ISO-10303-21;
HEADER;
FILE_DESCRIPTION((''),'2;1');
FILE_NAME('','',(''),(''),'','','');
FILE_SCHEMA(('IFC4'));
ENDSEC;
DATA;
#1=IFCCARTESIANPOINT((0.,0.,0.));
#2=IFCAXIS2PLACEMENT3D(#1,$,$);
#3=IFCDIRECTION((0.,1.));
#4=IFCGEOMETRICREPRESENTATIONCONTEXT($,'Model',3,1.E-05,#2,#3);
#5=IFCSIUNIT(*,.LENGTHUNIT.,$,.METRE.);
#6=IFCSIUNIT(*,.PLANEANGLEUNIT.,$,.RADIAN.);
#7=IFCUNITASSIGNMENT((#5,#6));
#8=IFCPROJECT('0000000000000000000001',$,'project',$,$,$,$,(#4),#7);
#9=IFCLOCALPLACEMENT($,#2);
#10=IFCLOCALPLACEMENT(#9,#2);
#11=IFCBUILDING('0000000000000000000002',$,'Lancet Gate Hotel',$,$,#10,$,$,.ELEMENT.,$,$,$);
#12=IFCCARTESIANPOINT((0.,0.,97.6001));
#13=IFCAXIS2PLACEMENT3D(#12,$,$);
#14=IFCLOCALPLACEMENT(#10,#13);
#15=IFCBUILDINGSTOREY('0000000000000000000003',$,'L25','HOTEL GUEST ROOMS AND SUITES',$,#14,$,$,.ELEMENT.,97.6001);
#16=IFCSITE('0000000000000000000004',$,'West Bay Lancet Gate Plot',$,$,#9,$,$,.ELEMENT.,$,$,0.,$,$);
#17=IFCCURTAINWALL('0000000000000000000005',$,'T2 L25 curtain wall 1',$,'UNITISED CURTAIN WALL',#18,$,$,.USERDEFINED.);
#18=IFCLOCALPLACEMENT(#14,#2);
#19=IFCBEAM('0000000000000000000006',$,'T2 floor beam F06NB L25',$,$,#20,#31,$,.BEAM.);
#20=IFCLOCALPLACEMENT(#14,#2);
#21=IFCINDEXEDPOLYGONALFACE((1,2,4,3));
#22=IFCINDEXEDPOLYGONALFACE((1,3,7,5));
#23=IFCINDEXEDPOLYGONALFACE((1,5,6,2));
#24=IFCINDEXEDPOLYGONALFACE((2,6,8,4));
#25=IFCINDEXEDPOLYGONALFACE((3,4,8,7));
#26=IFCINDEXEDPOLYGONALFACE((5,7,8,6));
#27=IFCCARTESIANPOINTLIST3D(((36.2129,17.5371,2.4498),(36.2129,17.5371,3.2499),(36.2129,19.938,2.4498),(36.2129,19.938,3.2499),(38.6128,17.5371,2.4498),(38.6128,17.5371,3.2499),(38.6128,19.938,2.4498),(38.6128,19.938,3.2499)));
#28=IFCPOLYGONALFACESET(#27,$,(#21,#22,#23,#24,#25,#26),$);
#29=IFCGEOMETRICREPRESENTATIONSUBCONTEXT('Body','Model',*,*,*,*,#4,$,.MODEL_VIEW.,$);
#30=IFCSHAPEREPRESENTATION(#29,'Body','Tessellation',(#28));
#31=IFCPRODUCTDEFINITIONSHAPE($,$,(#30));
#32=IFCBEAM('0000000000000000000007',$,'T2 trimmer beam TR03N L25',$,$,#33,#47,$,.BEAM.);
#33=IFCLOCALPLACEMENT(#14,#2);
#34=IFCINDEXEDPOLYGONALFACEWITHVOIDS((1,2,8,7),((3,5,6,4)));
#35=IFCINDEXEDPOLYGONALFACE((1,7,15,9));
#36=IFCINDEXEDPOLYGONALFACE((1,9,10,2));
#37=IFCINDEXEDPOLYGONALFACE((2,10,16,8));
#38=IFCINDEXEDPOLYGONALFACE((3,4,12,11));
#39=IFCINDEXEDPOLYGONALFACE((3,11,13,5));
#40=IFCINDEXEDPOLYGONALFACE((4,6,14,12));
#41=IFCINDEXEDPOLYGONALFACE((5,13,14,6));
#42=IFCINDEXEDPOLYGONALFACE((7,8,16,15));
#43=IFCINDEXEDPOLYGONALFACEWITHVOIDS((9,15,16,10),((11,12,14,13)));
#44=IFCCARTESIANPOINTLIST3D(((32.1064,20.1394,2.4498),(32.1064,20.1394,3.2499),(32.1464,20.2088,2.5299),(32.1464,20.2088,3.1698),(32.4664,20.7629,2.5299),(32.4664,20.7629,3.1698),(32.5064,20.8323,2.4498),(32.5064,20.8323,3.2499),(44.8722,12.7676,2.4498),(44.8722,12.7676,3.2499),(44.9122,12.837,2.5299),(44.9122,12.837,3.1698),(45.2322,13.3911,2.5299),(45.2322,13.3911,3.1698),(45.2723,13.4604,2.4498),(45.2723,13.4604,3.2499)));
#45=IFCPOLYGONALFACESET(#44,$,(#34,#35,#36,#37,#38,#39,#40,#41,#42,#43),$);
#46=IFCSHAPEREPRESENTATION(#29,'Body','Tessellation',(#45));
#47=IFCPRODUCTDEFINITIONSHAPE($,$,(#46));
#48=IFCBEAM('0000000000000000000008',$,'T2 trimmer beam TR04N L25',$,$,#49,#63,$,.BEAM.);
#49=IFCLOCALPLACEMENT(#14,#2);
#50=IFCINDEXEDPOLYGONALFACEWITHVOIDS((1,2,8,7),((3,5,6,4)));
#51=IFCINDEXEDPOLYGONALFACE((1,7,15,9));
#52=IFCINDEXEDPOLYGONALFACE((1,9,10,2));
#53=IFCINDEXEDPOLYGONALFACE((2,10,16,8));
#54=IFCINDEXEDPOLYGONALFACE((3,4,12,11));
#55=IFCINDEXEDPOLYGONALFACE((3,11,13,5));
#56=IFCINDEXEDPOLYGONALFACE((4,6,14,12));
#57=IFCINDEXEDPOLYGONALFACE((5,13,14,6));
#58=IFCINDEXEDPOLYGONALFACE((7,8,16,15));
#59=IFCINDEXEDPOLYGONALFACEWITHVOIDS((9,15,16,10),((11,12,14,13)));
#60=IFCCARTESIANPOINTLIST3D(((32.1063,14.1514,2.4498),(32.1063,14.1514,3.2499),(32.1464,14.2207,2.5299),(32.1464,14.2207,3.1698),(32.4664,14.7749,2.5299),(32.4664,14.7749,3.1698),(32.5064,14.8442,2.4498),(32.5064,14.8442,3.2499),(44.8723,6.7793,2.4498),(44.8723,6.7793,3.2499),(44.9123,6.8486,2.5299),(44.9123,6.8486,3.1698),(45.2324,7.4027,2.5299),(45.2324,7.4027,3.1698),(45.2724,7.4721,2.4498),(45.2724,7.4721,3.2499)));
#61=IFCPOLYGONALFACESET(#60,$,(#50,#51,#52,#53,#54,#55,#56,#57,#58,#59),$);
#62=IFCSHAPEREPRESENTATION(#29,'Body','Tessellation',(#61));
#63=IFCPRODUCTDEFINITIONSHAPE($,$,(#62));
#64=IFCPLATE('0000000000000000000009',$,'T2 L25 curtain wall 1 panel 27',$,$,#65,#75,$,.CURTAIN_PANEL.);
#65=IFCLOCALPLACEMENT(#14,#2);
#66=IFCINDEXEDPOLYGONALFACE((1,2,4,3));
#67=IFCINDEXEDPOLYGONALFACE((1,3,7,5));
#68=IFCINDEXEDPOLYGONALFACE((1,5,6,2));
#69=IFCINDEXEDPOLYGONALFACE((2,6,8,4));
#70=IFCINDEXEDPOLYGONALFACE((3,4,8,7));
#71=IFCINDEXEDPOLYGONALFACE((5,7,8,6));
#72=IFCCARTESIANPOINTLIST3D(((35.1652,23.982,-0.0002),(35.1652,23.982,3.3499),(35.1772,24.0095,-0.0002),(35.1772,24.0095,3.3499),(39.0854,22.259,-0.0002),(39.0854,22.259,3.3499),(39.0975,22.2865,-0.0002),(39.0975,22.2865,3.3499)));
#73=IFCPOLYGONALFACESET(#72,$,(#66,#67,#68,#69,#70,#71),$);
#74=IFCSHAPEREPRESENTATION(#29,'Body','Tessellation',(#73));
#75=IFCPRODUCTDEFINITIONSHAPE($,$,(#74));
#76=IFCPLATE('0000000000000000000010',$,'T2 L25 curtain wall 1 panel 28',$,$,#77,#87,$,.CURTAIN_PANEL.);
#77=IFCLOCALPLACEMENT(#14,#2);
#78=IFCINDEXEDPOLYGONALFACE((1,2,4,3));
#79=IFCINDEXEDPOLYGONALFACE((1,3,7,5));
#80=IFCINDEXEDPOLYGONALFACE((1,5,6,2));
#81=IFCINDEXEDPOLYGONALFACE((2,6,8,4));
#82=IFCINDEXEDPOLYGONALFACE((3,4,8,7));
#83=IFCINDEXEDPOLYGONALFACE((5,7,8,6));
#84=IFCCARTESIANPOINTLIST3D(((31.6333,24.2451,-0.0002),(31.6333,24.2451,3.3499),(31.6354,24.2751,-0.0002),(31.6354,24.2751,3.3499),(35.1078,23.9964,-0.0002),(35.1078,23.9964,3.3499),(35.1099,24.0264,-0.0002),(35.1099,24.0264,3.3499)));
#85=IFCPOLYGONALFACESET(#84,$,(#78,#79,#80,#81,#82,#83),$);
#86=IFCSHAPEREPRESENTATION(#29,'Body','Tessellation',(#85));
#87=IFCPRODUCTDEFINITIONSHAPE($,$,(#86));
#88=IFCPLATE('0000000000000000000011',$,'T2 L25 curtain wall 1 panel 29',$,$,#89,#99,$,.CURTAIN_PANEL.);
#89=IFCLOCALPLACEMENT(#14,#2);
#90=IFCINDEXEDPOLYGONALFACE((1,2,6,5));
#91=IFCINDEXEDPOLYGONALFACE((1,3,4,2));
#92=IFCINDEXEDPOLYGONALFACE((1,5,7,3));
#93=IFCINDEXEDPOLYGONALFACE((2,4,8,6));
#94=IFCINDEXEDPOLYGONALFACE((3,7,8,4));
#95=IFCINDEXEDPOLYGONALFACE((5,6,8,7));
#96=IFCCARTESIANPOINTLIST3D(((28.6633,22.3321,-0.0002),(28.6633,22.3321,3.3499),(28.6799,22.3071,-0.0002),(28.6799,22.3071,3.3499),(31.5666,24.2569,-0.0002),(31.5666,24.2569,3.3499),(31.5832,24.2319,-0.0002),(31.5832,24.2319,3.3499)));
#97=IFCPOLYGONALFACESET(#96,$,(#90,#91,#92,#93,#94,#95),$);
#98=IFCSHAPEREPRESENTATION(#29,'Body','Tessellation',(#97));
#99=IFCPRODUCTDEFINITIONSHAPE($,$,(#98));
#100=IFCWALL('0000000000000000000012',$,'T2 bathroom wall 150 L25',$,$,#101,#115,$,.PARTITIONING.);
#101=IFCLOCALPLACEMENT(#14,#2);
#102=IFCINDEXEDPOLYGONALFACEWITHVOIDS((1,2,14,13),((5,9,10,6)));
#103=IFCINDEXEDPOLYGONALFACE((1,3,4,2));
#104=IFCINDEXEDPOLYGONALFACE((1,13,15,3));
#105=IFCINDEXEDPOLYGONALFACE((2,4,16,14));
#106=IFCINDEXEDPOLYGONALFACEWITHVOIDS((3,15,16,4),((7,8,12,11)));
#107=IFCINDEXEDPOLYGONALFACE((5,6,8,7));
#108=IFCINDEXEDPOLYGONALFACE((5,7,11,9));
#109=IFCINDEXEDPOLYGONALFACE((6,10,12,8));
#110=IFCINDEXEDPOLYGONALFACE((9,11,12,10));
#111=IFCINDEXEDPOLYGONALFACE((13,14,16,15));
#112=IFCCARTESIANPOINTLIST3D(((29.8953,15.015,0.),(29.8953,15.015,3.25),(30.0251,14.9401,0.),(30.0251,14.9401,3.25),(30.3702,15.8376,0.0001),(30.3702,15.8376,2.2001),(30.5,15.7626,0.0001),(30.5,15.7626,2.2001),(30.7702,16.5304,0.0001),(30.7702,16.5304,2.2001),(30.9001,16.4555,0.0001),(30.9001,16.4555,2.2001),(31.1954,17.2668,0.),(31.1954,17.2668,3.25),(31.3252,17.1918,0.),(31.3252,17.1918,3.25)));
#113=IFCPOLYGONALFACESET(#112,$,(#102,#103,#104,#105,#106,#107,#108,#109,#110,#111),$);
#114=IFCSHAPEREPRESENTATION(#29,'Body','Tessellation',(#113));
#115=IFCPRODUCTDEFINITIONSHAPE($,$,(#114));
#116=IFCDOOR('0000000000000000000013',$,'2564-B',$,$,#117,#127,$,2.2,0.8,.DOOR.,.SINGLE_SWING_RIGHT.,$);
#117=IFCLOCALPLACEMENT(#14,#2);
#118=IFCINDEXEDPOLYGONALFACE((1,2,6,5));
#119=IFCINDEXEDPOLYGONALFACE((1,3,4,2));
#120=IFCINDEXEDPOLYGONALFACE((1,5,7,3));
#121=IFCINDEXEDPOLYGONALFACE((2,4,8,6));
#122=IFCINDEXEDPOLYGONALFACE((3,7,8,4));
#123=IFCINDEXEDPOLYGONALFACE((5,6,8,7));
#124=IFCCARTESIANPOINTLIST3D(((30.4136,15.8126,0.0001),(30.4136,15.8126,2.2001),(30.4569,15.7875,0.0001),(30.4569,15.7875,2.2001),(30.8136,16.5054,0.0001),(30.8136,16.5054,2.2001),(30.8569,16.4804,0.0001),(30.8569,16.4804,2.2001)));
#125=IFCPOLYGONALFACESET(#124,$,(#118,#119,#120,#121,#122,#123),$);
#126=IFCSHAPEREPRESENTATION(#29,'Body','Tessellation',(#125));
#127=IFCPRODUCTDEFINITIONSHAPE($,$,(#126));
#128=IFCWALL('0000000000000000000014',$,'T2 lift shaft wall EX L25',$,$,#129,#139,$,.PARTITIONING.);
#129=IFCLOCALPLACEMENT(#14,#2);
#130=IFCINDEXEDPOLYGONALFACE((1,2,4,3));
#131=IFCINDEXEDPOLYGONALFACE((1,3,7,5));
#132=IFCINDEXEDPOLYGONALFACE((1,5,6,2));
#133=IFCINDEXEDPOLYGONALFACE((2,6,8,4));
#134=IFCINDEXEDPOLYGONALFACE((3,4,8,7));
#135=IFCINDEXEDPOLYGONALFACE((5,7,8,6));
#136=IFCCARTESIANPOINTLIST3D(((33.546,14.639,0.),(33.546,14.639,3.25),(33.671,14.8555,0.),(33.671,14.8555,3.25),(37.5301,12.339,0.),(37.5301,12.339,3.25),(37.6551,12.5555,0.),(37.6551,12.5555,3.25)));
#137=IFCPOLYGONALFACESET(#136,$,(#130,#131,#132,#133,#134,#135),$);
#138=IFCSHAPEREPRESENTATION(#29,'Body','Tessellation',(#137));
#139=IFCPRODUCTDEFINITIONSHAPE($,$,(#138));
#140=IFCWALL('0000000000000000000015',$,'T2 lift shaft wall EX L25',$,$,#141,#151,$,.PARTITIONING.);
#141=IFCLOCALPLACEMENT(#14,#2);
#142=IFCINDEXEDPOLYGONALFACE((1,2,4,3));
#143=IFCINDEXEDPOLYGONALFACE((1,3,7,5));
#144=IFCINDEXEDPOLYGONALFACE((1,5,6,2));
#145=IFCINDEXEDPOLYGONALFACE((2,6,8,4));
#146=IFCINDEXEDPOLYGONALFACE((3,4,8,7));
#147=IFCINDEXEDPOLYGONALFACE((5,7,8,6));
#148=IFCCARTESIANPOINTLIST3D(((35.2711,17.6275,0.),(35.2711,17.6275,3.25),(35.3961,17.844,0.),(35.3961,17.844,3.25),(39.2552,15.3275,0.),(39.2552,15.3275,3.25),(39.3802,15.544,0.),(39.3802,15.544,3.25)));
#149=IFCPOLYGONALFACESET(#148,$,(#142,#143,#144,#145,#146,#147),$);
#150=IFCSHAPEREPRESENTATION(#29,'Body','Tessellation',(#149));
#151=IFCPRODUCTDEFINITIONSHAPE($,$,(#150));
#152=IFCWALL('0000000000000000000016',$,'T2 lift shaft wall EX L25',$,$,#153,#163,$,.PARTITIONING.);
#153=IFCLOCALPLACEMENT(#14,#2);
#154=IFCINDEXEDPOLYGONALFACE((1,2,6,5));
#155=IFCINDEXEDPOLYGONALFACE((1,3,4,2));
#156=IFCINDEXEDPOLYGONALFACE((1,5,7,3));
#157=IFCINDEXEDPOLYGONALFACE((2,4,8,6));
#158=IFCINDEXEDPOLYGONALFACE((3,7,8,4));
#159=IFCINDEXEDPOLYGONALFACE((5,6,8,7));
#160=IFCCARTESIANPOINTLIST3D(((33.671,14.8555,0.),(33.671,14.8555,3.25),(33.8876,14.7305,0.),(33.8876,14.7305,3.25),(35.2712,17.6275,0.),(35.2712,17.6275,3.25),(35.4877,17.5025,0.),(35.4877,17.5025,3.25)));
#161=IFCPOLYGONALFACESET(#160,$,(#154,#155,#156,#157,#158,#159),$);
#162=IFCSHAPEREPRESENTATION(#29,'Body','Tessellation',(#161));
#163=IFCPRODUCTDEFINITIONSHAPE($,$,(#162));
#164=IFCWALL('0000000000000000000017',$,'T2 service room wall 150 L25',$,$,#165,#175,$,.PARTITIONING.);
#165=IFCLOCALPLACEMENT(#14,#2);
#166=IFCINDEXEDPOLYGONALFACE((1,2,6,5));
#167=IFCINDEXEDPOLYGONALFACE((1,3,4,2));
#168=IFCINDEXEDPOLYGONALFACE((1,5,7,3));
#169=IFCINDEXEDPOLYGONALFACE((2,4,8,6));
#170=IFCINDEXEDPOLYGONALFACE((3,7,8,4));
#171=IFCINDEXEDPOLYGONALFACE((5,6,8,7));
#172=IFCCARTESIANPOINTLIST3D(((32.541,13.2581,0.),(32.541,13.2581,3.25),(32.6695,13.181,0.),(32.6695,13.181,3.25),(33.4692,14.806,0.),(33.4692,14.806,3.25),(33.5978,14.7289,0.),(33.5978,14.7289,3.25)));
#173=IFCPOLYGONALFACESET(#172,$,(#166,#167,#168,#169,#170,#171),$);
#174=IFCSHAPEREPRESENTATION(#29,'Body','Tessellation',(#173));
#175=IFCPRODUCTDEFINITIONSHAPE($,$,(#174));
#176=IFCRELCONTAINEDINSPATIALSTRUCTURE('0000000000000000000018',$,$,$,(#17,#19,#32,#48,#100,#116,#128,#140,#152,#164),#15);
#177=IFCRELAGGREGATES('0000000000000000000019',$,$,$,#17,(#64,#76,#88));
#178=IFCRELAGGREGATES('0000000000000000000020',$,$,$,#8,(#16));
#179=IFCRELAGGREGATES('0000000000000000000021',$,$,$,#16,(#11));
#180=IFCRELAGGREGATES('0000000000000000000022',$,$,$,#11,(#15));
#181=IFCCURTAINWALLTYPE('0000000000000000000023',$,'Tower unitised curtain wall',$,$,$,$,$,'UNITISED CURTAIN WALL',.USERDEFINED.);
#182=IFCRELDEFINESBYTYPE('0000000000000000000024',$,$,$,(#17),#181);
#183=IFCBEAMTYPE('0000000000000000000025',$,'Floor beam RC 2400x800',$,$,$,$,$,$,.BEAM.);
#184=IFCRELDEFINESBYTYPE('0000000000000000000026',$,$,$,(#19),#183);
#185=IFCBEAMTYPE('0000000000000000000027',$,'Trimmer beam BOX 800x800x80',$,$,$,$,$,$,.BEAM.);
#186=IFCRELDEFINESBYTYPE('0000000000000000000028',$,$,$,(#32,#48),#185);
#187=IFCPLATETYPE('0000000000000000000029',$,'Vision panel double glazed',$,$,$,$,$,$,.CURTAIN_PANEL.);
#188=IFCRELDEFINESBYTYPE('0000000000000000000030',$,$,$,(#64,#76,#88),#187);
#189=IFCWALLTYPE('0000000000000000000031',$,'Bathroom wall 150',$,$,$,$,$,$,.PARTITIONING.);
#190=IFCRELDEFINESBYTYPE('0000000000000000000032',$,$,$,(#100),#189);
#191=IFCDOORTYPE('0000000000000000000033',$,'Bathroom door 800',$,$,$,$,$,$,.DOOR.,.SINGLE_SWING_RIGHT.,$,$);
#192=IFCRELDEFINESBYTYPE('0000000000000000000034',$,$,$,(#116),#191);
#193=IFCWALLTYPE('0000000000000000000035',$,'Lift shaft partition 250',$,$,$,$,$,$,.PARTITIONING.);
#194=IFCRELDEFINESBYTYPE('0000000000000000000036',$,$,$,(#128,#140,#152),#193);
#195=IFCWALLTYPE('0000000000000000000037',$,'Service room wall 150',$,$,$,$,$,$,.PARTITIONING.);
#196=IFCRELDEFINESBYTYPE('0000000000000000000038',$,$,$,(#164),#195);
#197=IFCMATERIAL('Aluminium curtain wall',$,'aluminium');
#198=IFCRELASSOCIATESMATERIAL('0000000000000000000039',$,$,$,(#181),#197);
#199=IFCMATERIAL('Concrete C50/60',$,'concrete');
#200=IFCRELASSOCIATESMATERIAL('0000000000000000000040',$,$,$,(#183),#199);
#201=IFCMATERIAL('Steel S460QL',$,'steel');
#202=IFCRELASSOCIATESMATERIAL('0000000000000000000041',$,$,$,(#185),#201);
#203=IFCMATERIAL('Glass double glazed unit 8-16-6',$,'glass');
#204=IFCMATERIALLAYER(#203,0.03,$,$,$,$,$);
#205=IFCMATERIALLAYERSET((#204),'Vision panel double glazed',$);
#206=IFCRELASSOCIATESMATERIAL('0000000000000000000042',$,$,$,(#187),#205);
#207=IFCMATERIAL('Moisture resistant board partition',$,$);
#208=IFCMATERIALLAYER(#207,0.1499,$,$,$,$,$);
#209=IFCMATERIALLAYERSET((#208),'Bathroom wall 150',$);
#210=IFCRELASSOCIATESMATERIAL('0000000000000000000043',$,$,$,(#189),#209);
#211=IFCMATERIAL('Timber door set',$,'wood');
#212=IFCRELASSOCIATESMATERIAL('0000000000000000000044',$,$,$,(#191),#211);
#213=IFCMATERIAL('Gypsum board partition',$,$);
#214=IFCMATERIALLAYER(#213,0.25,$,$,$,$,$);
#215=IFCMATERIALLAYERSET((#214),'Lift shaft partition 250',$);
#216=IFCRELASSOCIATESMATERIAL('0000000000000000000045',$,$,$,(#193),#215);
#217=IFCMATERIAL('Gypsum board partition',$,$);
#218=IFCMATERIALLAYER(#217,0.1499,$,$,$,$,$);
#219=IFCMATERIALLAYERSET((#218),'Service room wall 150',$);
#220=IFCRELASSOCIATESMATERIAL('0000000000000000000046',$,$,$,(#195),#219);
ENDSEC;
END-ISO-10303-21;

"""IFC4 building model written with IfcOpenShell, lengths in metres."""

from ifc_helpers import new_model, si_unit, direction, frame, frame_2d, origin, origin_2d, place, context, subcontext, project, spatial, rectangle, hollow_rectangle, extrude, material, layer, layer_set, material_profile, profile_set, type_object, element, fill, aggregate, save


model = new_model("IFC4")

# Units and contexts
model_context = context("Model", 3, precision=1e-05, world=origin(), true_north=direction((0.0, 1.0)))
body_context = subcontext(model_context, "Body", "Model", "MODEL_VIEW")
ifc_project = project(units=[si_unit("LENGTHUNIT", "METRE"), si_unit("PLANEANGLEUNIT", "RADIAN")], contexts=[model_context])

# Site, building, storey
site_placement = place(None, origin())
site = spatial("IfcSite", under=ifc_project, at=site_placement, Name="West Bay Lancet Gate Plot", CompositionType="ELEMENT", RefElevation=0.0)
building_placement = place(site_placement, origin())
building = spatial("IfcBuilding", under=site, at=building_placement, Name="Lancet Gate Hotel", CompositionType="ELEMENT")
storey_placement = place(building_placement, frame((0.0, 0.0, 97.6001)))
storey = spatial("IfcBuildingStorey", under=building, at=storey_placement, Name="L25", Description="HOTEL GUEST ROOMS AND SUITES", CompositionType="ELEMENT", Elevation=97.6001)

# Curtain wall
ifc_material_1 = material(Name="Aluminium curtain wall", Category="aluminium")
curtain_wall_type = type_object("IfcCurtainWallType", Name="Tower unitised curtain wall", ElementType="UNITISED CURTAIN WALL", PredefinedType="USERDEFINED", material=ifc_material_1)
curtain_wall_placement = place(storey_placement, origin())
curtain_wall = element("IfcCurtainWall", 1, at=curtain_wall_placement, inside=storey, type_object=curtain_wall_type, Name="T2 L25 curtain wall 1", ObjectType="UNITISED CURTAIN WALL", PredefinedType="USERDEFINED")

# Beams
ifc_material_2 = material(Name="Concrete C50/60", Category="concrete")
ifc_material_profile_1 = material_profile(ifc_material_2, rectangle(XDim=2.3999, YDim=0.8, at=origin_2d()), Name="RC 2400x800")
ifc_profile_set_1 = profile_set([ifc_material_profile_1], Name="Concrete C50/60")
beam_type_1 = type_object("IfcBeamType", Name="Floor beam RC 2400x800", PredefinedType="BEAM", material=ifc_profile_set_1)
beam_1_placement = place(storey_placement, frame((37.4128, 17.5371, 2.8499), z_axis=(0.0, 1.0, 0.0), x_axis=(-1.0, 0.0, 0.0)))
element("IfcBeam", 2, at=beam_1_placement, inside=storey, type_object=beam_type_1, Name="T2 floor beam F06NB L25", PredefinedType="BEAM", context=body_context, shape_type="SweptSolid", body=[
    extrude(rectangle(XDim=2.3999, YDim=0.8, at=origin_2d()), origin(), (0.0, 0.0, 1.0), 2.4009),
])
ifc_material_3 = material(Name="Steel S460QL", Category="steel")
ifc_material_profile_2 = material_profile(ifc_material_3, hollow_rectangle(XDim=0.8, YDim=0.8, WallThickness=0.0801, at=origin_2d()), Name="BOX 800x800x80")
ifc_profile_set_2 = profile_set([ifc_material_profile_2], Name="Steel S460QL")
beam_type_2 = type_object("IfcBeamType", Name="Trimmer beam BOX 800x800x80", PredefinedType="BEAM", material=ifc_profile_set_2)
beam_2_placement = place(storey_placement, frame((32.3064, 20.4858, 2.8499), z_axis=(0.865983, -0.500074, 0.0), x_axis=(0.500074, 0.865983, 0.0)))
element("IfcBeam", 3, at=beam_2_placement, inside=storey, type_object=beam_type_2, Name="T2 trimmer beam TR03N L25", PredefinedType="BEAM", context=body_context, shape_type="SweptSolid", body=[
    extrude(hollow_rectangle(XDim=0.8, YDim=0.8, WallThickness=0.0801, at=origin_2d()), origin(), (0.0, 0.0, 1.0), 14.7415),
])
beam_3_placement = place(storey_placement, frame((32.3064, 14.4978, 2.8499), z_axis=(0.865976, -0.500086, 0.0), x_axis=(0.500086, 0.865976, 0.0)))
element("IfcBeam", 4, at=beam_3_placement, inside=storey, type_object=beam_type_2, Name="T2 trimmer beam TR04N L25", PredefinedType="BEAM", context=body_context, shape_type="SweptSolid", body=[
    extrude(hollow_rectangle(XDim=0.8, YDim=0.8, WallThickness=0.0801, at=origin_2d()), origin(), (0.0, 0.0, 1.0), 14.7417),
])

# Plates
ifc_material_4 = material(Name="Glass double glazed unit 8-16-6", Category="glass")
ifc_layer_1 = layer(ifc_material_4, 0.03)
ifc_layer_set_1 = layer_set([ifc_layer_1], Name="Vision panel double glazed")
plate_type = type_object("IfcPlateType", Name="Vision panel double glazed", PredefinedType="CURTAIN_PANEL", material=ifc_layer_set_1)
plate_1_placement = place(storey_placement, frame((37.1313, 23.1343, -0.0002), z_axis=(0.0, 0.0, 1.0), x_axis=(-0.915479, 0.402367, 0.0)))
plate_1 = element("IfcPlate", 5, at=plate_1_placement, type_object=plate_type, Name="T2 L25 curtain wall 1 panel 27", PredefinedType="CURTAIN_PANEL", context=body_context, shape_type="SweptSolid", body=[
    extrude(rectangle(XDim=4.2822, YDim=0.03, at=origin_2d()), origin(), (0.0, 0.0, 1.0), 3.3501),
])
plate_2_placement = place(storey_placement, frame((33.3716, 24.1357, -0.0002), z_axis=(0.0, 0.0, 1.0), x_axis=(-0.997448, 0.07139, 0.0)))
plate_2 = element("IfcPlate", 6, at=plate_2_placement, type_object=plate_type, Name="T2 L25 curtain wall 1 panel 28", PredefinedType="CURTAIN_PANEL", context=body_context, shape_type="SweptSolid", body=[
    extrude(rectangle(XDim=3.4834, YDim=0.03, at=origin_2d()), origin(), (0.0, 0.0, 1.0), 3.3501),
])
plate_3_placement = place(storey_placement, frame((30.1233, 23.282, -0.0002), z_axis=(0.0, 0.0, 1.0), x_axis=(-0.833465, -0.552573, 0.0)))
plate_3 = element("IfcPlate", 7, at=plate_3_placement, type_object=plate_type, Name="T2 L25 curtain wall 1 panel 29", PredefinedType="CURTAIN_PANEL", context=body_context, shape_type="SweptSolid", body=[
    extrude(rectangle(XDim=3.4834, YDim=0.03, at=origin_2d()), origin(), (0.0, 0.0, 1.0), 3.3501),
])
aggregate(curtain_wall, [plate_1, plate_2, plate_3])

# Wall, opening, door
ifc_material_5 = material(Name="Moisture resistant board partition")
ifc_layer_2 = layer(ifc_material_5, 0.1499)
ifc_layer_set_2 = layer_set([ifc_layer_2], Name="Bathroom wall 150")
wall_type_1 = type_object("IfcWallType", Name="Bathroom wall 150", PredefinedType="PARTITIONING", material=ifc_layer_set_2)
wall_1_placement = place(storey_placement, frame((29.9602, 14.9775, 0.0), z_axis=(0.0, 0.0, 1.0), x_axis=(0.500007, 0.866021, 0.0)))
wall_1 = element("IfcWall", 8, at=wall_1_placement, inside=storey, type_object=wall_type_1, Name="T2 bathroom wall 150 L25", PredefinedType="PARTITIONING", context=body_context, shape_type="SweptSolid", body=[
    extrude(rectangle(XDim=2.6001, YDim=0.1499, at=frame_2d((1.3, 0.0))), origin(), (0.0, 0.0, 1.0), 3.25),
])
opening_placement = place(wall_1_placement, frame((0.95, 0.0, 0.0)))
opening = element("IfcOpeningElement", 9, at=opening_placement, cuts=wall_1, PredefinedType="OPENING", context=body_context, shape_type="SweptSolid", body=[
    extrude(rectangle(XDim=0.8, YDim=2.2, at=frame_2d((0.3999, 1.1001))), frame((0.0, 0.085, 0.0), z_axis=(0.0, -1.0, 0.0), x_axis=(1.0, 0.0, 0.0)), (0.0, 0.0, 1.0), 0.1699),
])
ifc_material_6 = material(Name="Timber door set", Category="wood")
door_type = type_object("IfcDoorType", Name="Bathroom door 800", OperationType="SINGLE_SWING_RIGHT", PredefinedType="DOOR", material=ifc_material_6)
door_placement = place(opening_placement, origin())
door = element("IfcDoor", 10, at=door_placement, inside=storey, type_object=door_type, Name="2564-B", OperationType="SINGLE_SWING_RIGHT", OverallHeight=2.2, OverallWidth=0.8, PredefinedType="DOOR", context=body_context, shape_type="SweptSolid", body=[
    extrude(rectangle(XDim=0.8, YDim=2.2, at=frame_2d((0.3999, 1.1001))), frame((0.0, 0.0249, 0.0), z_axis=(0.0, -1.0, 0.0), x_axis=(1.0, 0.0, 0.0)), (0.0, 0.0, 1.0), 0.05),
])
fill(opening, door)

# Walls
ifc_material_7 = material(Name="Gypsum board partition")
ifc_layer_3 = layer(ifc_material_7, 0.25)
ifc_layer_set_3 = layer_set([ifc_layer_3], Name="Lift shaft partition 250")
wall_type_2 = type_object("IfcWallType", Name="Lift shaft partition 250", PredefinedType="PARTITIONING", material=ifc_layer_set_3)
for number, where, z_axis, x_axis, name in (
    (11, (33.6084, 14.7473, 0.0), (0.0, 0.0, 1.0), (0.866043, -0.499969, 0.0), "T2 lift shaft wall EX L25"),
    (12, (35.3335, 17.7358, 0.0), (0.0, 0.0, 1.0), (0.866043, -0.499969, 0.0), "T2 lift shaft wall EX L25"),
):
    element("IfcWall", number, at=place(storey_placement, frame(where, z_axis=z_axis, x_axis=x_axis)), inside=storey, type_object=wall_type_2, Name=name, PredefinedType="PARTITIONING", context=body_context, shape_type="SweptSolid", body=[
        extrude(rectangle(XDim=4.6003, YDim=0.25, at=frame_2d((2.3003, 0.0))), origin(), (0.0, 0.0, 1.0), 3.25),
    ])
wall_2_placement = place(storey_placement, frame((33.7793, 14.793, 0.0), z_axis=(0.0, 0.0, 1.0), x_axis=(0.499929, 0.866066, 0.0)))
element("IfcWall", 13, at=wall_2_placement, inside=storey, type_object=wall_type_2, Name="T2 lift shaft wall EX L25", PredefinedType="PARTITIONING", context=body_context, shape_type="SweptSolid", body=[
    extrude(rectangle(XDim=3.2007, YDim=0.25, at=frame_2d((1.6003, 0.0))), origin(), (0.0, 0.0, 1.0), 3.25),
])
ifc_material_8 = material(Name="Gypsum board partition")
ifc_layer_4 = layer(ifc_material_8, 0.1499)
ifc_layer_set_4 = layer_set([ifc_layer_4], Name="Service room wall 150")
wall_type_3 = type_object("IfcWallType", Name="Service room wall 150", PredefinedType="PARTITIONING", material=ifc_layer_set_4)
wall_3_placement = place(storey_placement, frame((33.5334, 14.7673, 0.0), z_axis=(0.0, 0.0, 1.0), x_axis=(-0.514297, -0.857612, 0.0)))
element("IfcWall", 14, at=wall_3_placement, inside=storey, type_object=wall_type_3, Name="T2 service room wall 150 L25", PredefinedType="PARTITIONING", context=body_context, shape_type="SweptSolid", body=[
    extrude(rectangle(XDim=1.8049, YDim=0.1499, at=frame_2d((0.9023, 0.0))), origin(), (0.0, 0.0, 1.0), 3.25),
])

save(model, "model.ifc")
